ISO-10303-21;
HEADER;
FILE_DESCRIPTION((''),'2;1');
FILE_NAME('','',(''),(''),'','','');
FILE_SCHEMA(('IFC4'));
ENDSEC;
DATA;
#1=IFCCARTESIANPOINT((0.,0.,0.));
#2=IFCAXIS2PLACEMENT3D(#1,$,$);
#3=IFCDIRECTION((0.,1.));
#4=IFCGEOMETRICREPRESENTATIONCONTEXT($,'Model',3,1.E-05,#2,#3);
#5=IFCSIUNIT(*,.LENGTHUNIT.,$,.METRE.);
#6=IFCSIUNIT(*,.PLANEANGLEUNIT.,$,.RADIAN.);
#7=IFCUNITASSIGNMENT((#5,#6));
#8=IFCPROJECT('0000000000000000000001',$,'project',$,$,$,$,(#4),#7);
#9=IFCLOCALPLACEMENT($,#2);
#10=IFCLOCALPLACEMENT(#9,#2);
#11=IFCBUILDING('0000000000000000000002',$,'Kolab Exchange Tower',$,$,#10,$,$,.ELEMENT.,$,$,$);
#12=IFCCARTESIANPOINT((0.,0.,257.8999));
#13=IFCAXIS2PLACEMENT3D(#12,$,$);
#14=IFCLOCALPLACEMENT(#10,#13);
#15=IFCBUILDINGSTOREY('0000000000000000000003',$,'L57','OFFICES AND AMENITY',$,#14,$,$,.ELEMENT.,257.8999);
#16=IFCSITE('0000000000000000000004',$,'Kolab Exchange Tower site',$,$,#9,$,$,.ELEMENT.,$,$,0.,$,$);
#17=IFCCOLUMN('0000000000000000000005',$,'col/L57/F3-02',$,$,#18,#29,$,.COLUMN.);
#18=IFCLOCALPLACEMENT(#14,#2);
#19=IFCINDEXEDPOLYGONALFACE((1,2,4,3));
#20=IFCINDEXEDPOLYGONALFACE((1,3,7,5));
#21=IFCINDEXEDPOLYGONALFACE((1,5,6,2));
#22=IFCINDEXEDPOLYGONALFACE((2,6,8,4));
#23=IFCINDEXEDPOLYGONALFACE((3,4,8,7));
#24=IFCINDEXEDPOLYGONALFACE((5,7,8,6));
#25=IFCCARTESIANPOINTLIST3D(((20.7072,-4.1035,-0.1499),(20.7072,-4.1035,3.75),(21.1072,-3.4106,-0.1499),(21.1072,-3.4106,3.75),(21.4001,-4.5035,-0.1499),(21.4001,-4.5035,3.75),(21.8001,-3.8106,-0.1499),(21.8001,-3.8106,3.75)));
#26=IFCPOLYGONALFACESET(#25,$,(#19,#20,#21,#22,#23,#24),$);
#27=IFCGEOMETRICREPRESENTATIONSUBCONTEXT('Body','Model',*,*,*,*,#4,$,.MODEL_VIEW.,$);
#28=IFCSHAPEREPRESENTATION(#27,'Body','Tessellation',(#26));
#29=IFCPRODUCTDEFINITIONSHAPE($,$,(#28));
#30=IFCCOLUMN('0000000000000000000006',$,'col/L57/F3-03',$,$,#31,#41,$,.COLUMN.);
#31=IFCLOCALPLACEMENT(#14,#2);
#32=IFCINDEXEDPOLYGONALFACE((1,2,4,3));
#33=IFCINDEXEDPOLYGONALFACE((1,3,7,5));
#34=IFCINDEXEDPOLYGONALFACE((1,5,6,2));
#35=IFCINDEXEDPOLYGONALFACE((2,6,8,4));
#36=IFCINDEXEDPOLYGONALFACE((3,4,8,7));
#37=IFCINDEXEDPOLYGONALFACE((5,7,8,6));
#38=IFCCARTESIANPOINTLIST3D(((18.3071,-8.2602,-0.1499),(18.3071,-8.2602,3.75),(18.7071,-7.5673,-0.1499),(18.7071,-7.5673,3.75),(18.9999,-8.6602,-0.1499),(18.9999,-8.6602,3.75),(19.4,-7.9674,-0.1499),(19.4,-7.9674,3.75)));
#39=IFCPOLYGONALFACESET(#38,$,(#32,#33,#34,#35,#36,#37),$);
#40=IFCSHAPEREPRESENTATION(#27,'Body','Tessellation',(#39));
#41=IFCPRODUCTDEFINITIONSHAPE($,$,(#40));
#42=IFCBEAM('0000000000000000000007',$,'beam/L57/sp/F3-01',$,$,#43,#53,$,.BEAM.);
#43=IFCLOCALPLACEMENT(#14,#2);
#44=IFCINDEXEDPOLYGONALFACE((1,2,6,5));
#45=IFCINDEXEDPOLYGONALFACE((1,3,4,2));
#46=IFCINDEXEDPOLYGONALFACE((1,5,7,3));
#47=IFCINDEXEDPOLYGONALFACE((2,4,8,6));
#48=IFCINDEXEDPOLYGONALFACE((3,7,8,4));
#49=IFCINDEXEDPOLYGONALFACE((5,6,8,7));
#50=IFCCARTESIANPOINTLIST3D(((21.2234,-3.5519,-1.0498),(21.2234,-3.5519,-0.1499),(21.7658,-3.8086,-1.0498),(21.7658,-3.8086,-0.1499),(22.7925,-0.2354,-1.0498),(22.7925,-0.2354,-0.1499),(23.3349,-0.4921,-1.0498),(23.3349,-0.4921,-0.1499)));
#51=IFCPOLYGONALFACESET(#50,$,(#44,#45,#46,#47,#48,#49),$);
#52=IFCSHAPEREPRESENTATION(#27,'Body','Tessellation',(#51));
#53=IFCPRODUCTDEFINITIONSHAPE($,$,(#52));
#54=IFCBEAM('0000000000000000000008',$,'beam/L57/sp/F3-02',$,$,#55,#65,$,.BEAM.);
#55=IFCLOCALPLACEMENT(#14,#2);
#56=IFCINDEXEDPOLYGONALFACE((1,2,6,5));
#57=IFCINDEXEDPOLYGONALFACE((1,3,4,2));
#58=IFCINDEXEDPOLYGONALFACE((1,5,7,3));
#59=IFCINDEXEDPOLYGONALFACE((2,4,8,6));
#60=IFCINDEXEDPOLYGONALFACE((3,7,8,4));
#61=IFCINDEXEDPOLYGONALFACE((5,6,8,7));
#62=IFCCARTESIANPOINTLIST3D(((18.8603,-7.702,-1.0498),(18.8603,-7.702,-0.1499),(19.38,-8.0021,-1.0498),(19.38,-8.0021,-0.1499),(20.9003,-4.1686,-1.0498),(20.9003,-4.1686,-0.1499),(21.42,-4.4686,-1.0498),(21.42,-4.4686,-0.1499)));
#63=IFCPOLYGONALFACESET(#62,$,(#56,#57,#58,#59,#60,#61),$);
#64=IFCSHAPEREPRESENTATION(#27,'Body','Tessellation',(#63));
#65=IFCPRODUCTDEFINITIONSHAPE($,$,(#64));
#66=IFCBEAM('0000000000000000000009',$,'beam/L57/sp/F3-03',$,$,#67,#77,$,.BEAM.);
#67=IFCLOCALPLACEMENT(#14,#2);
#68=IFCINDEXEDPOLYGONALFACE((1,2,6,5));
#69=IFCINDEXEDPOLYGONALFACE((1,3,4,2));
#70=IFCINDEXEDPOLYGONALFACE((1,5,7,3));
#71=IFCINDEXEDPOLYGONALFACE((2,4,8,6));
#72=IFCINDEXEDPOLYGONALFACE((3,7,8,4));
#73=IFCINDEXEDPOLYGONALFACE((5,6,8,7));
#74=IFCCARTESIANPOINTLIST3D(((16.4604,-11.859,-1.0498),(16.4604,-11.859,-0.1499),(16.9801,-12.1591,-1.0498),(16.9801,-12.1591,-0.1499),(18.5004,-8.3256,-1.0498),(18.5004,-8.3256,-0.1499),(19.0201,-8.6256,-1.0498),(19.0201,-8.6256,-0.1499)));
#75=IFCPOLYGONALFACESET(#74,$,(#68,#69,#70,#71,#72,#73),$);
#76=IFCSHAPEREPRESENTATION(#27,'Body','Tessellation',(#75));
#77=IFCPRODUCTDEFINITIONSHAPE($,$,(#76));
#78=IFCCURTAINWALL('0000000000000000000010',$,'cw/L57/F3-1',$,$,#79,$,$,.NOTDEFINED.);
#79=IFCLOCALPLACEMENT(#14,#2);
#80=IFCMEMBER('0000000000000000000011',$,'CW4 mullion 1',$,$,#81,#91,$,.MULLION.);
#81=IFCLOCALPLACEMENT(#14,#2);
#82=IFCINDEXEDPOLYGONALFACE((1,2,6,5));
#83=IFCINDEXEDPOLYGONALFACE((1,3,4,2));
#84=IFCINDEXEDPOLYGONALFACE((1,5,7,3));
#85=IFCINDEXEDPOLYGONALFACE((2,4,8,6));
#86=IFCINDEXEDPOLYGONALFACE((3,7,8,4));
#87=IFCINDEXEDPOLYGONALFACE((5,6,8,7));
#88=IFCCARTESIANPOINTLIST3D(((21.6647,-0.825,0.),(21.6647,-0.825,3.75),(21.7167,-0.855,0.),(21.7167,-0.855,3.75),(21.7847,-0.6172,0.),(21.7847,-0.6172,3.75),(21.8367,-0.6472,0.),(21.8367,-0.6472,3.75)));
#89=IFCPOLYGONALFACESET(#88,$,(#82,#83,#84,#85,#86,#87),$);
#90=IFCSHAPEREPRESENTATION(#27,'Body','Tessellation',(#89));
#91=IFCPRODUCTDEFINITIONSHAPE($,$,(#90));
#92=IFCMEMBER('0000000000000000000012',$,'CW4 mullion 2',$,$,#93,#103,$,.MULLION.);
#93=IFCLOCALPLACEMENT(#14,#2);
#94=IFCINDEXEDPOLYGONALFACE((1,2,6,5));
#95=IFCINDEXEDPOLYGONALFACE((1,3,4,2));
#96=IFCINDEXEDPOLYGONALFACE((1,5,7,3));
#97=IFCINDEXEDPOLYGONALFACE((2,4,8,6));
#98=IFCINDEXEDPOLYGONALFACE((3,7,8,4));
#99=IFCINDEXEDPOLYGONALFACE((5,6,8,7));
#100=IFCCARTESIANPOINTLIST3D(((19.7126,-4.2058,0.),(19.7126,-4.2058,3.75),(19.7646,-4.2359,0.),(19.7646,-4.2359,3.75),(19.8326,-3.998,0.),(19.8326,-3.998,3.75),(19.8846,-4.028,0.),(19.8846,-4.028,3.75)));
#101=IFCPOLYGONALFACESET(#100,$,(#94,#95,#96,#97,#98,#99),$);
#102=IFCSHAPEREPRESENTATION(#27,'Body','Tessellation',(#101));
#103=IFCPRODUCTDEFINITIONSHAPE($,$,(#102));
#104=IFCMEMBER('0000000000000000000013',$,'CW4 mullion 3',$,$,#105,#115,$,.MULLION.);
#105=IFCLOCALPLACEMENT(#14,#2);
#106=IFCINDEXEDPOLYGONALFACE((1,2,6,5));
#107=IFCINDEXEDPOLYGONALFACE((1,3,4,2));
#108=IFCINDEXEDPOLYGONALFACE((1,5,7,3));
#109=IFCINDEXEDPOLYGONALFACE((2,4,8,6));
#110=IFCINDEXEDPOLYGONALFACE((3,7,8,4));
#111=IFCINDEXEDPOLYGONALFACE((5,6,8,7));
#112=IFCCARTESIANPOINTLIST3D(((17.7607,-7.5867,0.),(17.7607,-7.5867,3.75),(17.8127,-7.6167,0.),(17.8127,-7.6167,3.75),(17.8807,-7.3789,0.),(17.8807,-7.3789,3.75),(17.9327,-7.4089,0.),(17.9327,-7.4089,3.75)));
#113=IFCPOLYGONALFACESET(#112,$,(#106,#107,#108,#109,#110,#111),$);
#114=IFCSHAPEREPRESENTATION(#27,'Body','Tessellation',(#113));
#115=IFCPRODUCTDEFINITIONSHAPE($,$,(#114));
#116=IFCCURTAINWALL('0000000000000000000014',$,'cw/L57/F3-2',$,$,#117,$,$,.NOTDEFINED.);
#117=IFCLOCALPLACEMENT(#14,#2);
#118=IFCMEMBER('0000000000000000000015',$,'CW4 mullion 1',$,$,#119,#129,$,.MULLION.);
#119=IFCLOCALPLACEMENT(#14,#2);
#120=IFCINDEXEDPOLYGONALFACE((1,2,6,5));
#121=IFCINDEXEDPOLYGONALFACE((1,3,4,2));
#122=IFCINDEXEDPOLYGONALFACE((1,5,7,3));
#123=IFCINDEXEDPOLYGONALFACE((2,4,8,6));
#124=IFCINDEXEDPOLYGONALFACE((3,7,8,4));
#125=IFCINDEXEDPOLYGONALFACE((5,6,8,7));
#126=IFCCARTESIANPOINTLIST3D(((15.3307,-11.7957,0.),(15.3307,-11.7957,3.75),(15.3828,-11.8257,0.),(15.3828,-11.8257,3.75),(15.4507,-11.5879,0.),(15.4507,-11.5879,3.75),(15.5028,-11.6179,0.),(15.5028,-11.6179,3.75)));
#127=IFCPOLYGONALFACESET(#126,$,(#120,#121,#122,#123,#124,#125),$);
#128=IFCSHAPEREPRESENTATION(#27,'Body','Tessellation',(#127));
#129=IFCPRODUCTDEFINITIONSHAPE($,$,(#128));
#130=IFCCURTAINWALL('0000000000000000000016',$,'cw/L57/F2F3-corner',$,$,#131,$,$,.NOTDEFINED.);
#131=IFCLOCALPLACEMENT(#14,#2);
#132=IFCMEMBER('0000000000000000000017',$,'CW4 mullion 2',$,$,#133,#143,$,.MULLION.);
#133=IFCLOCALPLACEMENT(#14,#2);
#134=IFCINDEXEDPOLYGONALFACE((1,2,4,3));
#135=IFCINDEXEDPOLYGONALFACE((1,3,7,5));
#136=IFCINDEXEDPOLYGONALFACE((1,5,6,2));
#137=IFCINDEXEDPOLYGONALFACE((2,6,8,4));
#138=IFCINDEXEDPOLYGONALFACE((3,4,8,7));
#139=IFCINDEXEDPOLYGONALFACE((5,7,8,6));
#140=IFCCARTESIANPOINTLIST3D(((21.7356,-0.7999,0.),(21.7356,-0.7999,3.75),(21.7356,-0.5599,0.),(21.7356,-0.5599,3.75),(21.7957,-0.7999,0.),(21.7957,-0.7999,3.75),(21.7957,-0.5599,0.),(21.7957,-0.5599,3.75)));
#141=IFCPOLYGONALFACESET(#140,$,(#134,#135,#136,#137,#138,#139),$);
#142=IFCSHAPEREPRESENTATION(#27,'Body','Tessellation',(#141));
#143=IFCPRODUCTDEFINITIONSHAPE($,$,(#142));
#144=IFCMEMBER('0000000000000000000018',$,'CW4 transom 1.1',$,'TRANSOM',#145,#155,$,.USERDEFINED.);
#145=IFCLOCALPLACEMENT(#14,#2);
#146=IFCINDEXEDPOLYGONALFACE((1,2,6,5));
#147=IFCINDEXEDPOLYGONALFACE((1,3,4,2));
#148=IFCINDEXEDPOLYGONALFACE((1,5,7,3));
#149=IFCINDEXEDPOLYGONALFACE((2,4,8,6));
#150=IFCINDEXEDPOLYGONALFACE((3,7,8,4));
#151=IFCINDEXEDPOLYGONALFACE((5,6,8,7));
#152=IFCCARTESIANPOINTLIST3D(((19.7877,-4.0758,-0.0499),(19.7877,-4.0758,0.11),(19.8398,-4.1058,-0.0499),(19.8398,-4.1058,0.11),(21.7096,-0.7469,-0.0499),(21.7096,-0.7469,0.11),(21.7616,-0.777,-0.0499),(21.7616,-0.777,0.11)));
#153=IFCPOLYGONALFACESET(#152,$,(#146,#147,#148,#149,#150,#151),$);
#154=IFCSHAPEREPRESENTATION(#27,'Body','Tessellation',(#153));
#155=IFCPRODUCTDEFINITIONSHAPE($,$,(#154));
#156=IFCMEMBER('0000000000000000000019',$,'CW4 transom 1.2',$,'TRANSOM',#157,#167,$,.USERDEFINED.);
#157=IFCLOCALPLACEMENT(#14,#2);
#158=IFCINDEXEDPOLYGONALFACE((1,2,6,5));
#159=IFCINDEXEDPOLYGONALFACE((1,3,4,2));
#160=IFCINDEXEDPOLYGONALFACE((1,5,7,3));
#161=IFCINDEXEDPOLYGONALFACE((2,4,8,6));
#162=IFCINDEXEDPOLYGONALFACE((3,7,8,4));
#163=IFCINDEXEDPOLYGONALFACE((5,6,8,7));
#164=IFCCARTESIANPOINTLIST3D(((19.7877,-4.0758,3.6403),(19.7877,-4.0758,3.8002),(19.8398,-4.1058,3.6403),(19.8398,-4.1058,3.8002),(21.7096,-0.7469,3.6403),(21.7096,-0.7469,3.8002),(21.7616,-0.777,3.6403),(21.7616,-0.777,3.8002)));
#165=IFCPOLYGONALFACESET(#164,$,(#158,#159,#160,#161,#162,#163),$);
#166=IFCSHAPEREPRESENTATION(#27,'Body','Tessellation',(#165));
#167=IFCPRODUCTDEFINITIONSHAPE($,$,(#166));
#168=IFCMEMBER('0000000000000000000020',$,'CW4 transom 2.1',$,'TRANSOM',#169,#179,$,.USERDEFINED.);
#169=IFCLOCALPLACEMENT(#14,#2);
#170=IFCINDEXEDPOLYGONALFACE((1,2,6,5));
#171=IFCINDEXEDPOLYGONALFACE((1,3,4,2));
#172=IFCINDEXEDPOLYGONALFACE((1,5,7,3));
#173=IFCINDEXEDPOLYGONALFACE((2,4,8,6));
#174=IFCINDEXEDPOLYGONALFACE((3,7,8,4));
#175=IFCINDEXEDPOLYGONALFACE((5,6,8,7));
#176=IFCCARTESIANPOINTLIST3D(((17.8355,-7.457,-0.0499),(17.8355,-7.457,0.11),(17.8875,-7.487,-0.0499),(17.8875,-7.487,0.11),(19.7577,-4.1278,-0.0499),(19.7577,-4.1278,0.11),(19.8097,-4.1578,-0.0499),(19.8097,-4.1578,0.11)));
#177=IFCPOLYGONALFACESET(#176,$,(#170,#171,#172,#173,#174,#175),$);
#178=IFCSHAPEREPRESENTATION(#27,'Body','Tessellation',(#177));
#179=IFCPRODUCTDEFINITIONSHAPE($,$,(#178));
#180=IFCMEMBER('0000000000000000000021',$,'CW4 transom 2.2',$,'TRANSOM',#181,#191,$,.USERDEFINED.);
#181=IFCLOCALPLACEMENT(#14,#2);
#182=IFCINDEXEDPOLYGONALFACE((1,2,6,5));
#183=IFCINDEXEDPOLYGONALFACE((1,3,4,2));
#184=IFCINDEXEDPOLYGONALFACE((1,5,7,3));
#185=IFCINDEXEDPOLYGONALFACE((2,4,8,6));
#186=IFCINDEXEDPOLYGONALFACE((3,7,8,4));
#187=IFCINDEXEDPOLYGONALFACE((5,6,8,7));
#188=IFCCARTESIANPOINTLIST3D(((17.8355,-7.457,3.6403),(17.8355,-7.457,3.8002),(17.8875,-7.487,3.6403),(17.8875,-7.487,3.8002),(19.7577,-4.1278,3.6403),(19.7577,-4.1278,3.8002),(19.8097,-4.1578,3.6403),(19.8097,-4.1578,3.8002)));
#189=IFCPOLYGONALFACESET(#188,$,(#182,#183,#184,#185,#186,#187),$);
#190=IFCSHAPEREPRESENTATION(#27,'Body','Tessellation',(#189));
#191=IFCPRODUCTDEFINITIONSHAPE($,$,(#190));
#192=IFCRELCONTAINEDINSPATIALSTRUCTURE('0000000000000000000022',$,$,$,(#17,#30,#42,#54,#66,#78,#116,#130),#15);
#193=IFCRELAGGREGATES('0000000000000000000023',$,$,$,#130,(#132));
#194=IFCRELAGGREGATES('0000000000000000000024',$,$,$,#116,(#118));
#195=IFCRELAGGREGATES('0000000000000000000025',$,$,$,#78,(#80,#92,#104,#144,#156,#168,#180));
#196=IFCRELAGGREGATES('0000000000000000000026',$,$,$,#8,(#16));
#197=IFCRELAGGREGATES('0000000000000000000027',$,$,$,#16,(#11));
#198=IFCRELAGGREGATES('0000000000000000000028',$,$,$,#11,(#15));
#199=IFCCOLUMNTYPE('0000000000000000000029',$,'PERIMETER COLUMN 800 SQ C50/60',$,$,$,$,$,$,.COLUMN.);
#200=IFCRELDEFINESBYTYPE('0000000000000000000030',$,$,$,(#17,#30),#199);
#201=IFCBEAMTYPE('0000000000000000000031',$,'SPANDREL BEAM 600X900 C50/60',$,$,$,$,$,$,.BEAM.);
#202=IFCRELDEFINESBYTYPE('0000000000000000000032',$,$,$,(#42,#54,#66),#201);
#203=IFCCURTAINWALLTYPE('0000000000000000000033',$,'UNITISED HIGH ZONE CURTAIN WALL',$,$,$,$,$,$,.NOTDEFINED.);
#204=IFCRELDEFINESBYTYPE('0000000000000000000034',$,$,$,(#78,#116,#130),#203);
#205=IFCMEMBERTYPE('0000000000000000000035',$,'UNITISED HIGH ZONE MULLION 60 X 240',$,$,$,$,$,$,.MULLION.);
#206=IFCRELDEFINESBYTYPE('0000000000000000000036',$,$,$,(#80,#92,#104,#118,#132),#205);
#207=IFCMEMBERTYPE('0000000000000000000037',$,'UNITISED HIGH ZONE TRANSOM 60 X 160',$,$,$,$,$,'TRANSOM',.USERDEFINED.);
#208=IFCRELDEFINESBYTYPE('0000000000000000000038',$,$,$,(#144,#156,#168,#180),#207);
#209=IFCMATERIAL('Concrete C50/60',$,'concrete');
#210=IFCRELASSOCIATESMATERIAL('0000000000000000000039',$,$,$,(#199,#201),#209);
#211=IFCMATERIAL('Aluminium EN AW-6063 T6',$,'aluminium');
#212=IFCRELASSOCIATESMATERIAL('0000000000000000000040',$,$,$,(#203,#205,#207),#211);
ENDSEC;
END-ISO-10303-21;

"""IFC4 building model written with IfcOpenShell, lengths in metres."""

from ifc_helpers import new_model, si_unit, direction, frame, origin, origin_2d, place, context, subcontext, project, spatial, rectangle, extrude, material, material_profile, profile_set, type_object, element, aggregate, save


model = new_model("IFC4")

# Units and contexts
model_context = context("Model", 3, precision=1e-05, world=origin(), true_north=direction((0.0, 1.0)))
body_context = subcontext(model_context, "Body", "Model", "MODEL_VIEW")
ifc_project = project(units=[si_unit("LENGTHUNIT", "METRE"), si_unit("PLANEANGLEUNIT", "RADIAN")], contexts=[model_context])

# Site, building, storey
site_placement = place(None, origin())
site = spatial("IfcSite", under=ifc_project, at=site_placement, Name="Kolab Exchange Tower site", CompositionType="ELEMENT", RefElevation=0.0)
building_placement = place(site_placement, origin())
building = spatial("IfcBuilding", under=site, at=building_placement, Name="Kolab Exchange Tower", CompositionType="ELEMENT")
storey_placement = place(building_placement, frame((0.0, 0.0, 257.8999)))
storey = spatial("IfcBuildingStorey", under=building, at=storey_placement, Name="L57", Description="OFFICES AND AMENITY", CompositionType="ELEMENT", Elevation=257.8999)

# Columns
ifc_material_1 = material(Name="Concrete C50/60", Category="concrete")
ifc_material_profile_1 = material_profile(ifc_material_1, rectangle(XDim=0.8, YDim=0.8, at=origin_2d()), Name="RC800")
ifc_profile_set_1 = profile_set([ifc_material_profile_1], Name="Concrete C50/60")
column_type = type_object("IfcColumnType", Name="PERIMETER COLUMN 800 SQ C50/60", PredefinedType="COLUMN", material=ifc_profile_set_1)
for number, where, z_axis, x_axis, name in (
    (1, (21.2537, -3.957, -0.1499), (0.0, 0.0, 1.0), (0.5, 0.866025, 0.0), "col/L57/F3-02"),
    (2, (18.8535, -8.1138, -0.1499), (0.0, 0.0, 1.0), (0.5, 0.866025, 0.0), "col/L57/F3-03"),
):
    element("IfcColumn", number, at=place(storey_placement, frame(where, z_axis=z_axis, x_axis=x_axis)), inside=storey, type_object=column_type, Name=name, PredefinedType="COLUMN", context=body_context, shape_type="SweptSolid", body=[
        extrude(rectangle(XDim=0.8, YDim=0.8, at=origin_2d()), origin(), (0.0, 0.0, 1.0), 3.8999),
    ])

# Beams
ifc_material_profile_2 = material_profile(ifc_material_1, rectangle(XDim=0.6001, YDim=0.8999, at=origin_2d()), Name="RC600X900")
ifc_profile_set_2 = profile_set([ifc_material_profile_2], Name="Concrete C50/60")
beam_type = type_object("IfcBeamType", Name="SPANDREL BEAM 600X900 C50/60", PredefinedType="BEAM", material=ifc_profile_set_2)
beam_placement = place(storey_placement, frame((23.0637, -0.3638, -0.5999), z_axis=(-0.427677, -0.903932, 0.0), x_axis=(0.903932, -0.427677, 0.0)))
element("IfcBeam", 3, at=beam_placement, inside=storey, type_object=beam_type, Name="beam/L57/sp/F3-01", PredefinedType="BEAM", context=body_context, shape_type="SweptSolid", body=[
    extrude(rectangle(XDim=0.6001, YDim=0.8999, at=origin_2d()), origin(), (0.0, 0.0, 1.0), 3.6689),
])
for number, where, z_axis, x_axis, name in (
    (4, (21.1602, -4.3186, -0.5999), (-0.5, -0.866025, 0.0), (0.866025, -0.5, 0.0), "beam/L57/sp/F3-02"),
    (5, (18.7603, -8.4756, -0.5999), (-0.5, -0.866025, 0.0), (0.866025, -0.5, 0.0), "beam/L57/sp/F3-03"),
):
    element("IfcBeam", number, at=place(storey_placement, frame(where, z_axis=z_axis, x_axis=x_axis)), inside=storey, type_object=beam_type, Name=name, PredefinedType="BEAM", context=body_context, shape_type="SweptSolid", body=[
        extrude(rectangle(XDim=0.6001, YDim=0.8999, at=origin_2d()), origin(), (0.0, 0.0, 1.0), 4.0801),
    ])

# Curtain wall, members
ifc_material_2 = material(Name="Aluminium EN AW-6063 T6", Category="aluminium")
curtain_wall_type = type_object("IfcCurtainWallType", Name="UNITISED HIGH ZONE CURTAIN WALL", PredefinedType="NOTDEFINED", material=ifc_material_2)
curtain_wall_1_placement = place(storey_placement, origin())
curtain_wall_1 = element("IfcCurtainWall", 6, at=curtain_wall_1_placement, inside=storey, type_object=curtain_wall_type, Name="cw/L57/F3-1", PredefinedType="NOTDEFINED")
ifc_material_profile_3 = material_profile(ifc_material_2, rectangle(XDim=0.0601, YDim=0.24, at=origin_2d()), Name="RECT 60X240")
ifc_profile_set_3 = profile_set([ifc_material_profile_3], Name="Aluminium EN AW-6063 T6")
member_type_1 = type_object("IfcMemberType", Name="UNITISED HIGH ZONE MULLION 60 X 240", PredefinedType="MULLION", material=ifc_profile_set_3)
member_1_placement = place(storey_placement, frame((21.7507, -0.7361, 0.0), z_axis=(0.0, 0.0, 1.0), x_axis=(0.866025, -0.5, 0.0)))
member_1 = element("IfcMember", 7, at=member_1_placement, type_object=member_type_1, Name="CW4 mullion 1", PredefinedType="MULLION", context=body_context, shape_type="SweptSolid", body=[
    extrude(rectangle(XDim=0.0601, YDim=0.24, at=origin_2d()), origin(), (0.0, 0.0, 1.0), 3.75),
])
member_2_placement = place(storey_placement, frame((19.7986, -4.1169, 0.0), z_axis=(0.0, 0.0, 1.0), x_axis=(0.866025, -0.5, 0.0)))
member_2 = element("IfcMember", 8, at=member_2_placement, type_object=member_type_1, Name="CW4 mullion 2", PredefinedType="MULLION", context=body_context, shape_type="SweptSolid", body=[
    extrude(rectangle(XDim=0.0601, YDim=0.24, at=origin_2d()), origin(), (0.0, 0.0, 1.0), 3.75),
])
member_3_placement = place(storey_placement, frame((17.8467, -7.4978, 0.0), z_axis=(0.0, 0.0, 1.0), x_axis=(0.866025, -0.5, 0.0)))
member_3 = element("IfcMember", 9, at=member_3_placement, type_object=member_type_1, Name="CW4 mullion 3", PredefinedType="MULLION", context=body_context, shape_type="SweptSolid", body=[
    extrude(rectangle(XDim=0.0601, YDim=0.24, at=origin_2d()), origin(), (0.0, 0.0, 1.0), 3.75),
])

# Curtain walls, members
curtain_wall_2_placement = place(storey_placement, origin())
curtain_wall_2 = element("IfcCurtainWall", 10, at=curtain_wall_2_placement, inside=storey, type_object=curtain_wall_type, Name="cw/L57/F3-2", PredefinedType="NOTDEFINED")
member_4_placement = place(storey_placement, frame((15.4167, -11.7068, 0.0), z_axis=(0.0, 0.0, 1.0), x_axis=(0.866025, -0.5, 0.0)))
member_4 = element("IfcMember", 11, at=member_4_placement, type_object=member_type_1, Name="CW4 mullion 1", PredefinedType="MULLION", context=body_context, shape_type="SweptSolid", body=[
    extrude(rectangle(XDim=0.0601, YDim=0.24, at=origin_2d()), origin(), (0.0, 0.0, 1.0), 3.75),
])
curtain_wall_3_placement = place(storey_placement, origin())
curtain_wall_3 = element("IfcCurtainWall", 12, at=curtain_wall_3_placement, inside=storey, type_object=curtain_wall_type, Name="cw/L57/F2F3-corner", PredefinedType="NOTDEFINED")
member_5_placement = place(storey_placement, frame((21.7656, -0.6799, 0.0), z_axis=(0.0, 0.0, 1.0), x_axis=(1.0, 0.0, 0.0)))
member_5 = element("IfcMember", 13, at=member_5_placement, type_object=member_type_1, Name="CW4 mullion 2", PredefinedType="MULLION", context=body_context, shape_type="SweptSolid", body=[
    extrude(rectangle(XDim=0.0601, YDim=0.24, at=origin_2d()), origin(), (0.0, 0.0, 1.0), 3.75),
])
aggregate(curtain_wall_3, [member_5])

# Members
ifc_material_profile_4 = material_profile(ifc_material_2, rectangle(XDim=0.0601, YDim=0.1599, at=origin_2d()), Name="RECT 60X160")
ifc_profile_set_4 = profile_set([ifc_material_profile_4], Name="Aluminium EN AW-6063 T6")
member_type_2 = type_object("IfcMemberType", Name="UNITISED HIGH ZONE TRANSOM 60 X 160", ElementType="TRANSOM", PredefinedType="USERDEFINED", material=ifc_profile_set_4)
member_6_placement = place(storey_placement, frame((21.7356, -0.762, 0.03), z_axis=(-0.499992, -0.86603, 0.0), x_axis=(0.86603, -0.499992, 0.0)))
member_6 = element("IfcMember", 14, at=member_6_placement, type_object=member_type_2, Name="CW4 transom 1.1", ObjectType="TRANSOM", PredefinedType="USERDEFINED", context=body_context, shape_type="SweptSolid", body=[
    extrude(rectangle(XDim=0.0601, YDim=0.1599, at=origin_2d()), origin(), (0.0, 0.0, 1.0), 3.8438),
])
member_7_placement = place(storey_placement, frame((21.7356, -0.762, 3.7202), z_axis=(-0.499992, -0.86603, 0.0), x_axis=(0.86603, -0.499992, 0.0)))
member_7 = element("IfcMember", 15, at=member_7_placement, type_object=member_type_2, Name="CW4 transom 1.2", ObjectType="TRANSOM", PredefinedType="USERDEFINED", context=body_context, shape_type="SweptSolid", body=[
    extrude(rectangle(XDim=0.0601, YDim=0.1599, at=origin_2d()), origin(), (0.0, 0.0, 1.0), 3.8438),
])
member_8_placement = place(storey_placement, frame((19.7837, -4.1428, 0.03), z_axis=(-0.500012, -0.866018, 0.0), x_axis=(0.866018, -0.500012, 0.0)))
member_8 = element("IfcMember", 16, at=member_8_placement, type_object=member_type_2, Name="CW4 transom 2.1", ObjectType="TRANSOM", PredefinedType="USERDEFINED", context=body_context, shape_type="SweptSolid", body=[
    extrude(rectangle(XDim=0.0601, YDim=0.1599, at=origin_2d()), origin(), (0.0, 0.0, 1.0), 3.8442),
])
member_9_placement = place(storey_placement, frame((19.7837, -4.1428, 3.7202), z_axis=(-0.500012, -0.866018, 0.0), x_axis=(0.866018, -0.500012, 0.0)))
member_9 = element("IfcMember", 17, at=member_9_placement, type_object=member_type_2, Name="CW4 transom 2.2", ObjectType="TRANSOM", PredefinedType="USERDEFINED", context=body_context, shape_type="SweptSolid", body=[
    extrude(rectangle(XDim=0.0601, YDim=0.1599, at=origin_2d()), origin(), (0.0, 0.0, 1.0), 3.8442),
])
aggregate(curtain_wall_2, [member_4])

aggregate(curtain_wall_1, [member_1, member_2, member_3, member_6, member_7, member_8, member_9])

save(model, "model.ifc")
